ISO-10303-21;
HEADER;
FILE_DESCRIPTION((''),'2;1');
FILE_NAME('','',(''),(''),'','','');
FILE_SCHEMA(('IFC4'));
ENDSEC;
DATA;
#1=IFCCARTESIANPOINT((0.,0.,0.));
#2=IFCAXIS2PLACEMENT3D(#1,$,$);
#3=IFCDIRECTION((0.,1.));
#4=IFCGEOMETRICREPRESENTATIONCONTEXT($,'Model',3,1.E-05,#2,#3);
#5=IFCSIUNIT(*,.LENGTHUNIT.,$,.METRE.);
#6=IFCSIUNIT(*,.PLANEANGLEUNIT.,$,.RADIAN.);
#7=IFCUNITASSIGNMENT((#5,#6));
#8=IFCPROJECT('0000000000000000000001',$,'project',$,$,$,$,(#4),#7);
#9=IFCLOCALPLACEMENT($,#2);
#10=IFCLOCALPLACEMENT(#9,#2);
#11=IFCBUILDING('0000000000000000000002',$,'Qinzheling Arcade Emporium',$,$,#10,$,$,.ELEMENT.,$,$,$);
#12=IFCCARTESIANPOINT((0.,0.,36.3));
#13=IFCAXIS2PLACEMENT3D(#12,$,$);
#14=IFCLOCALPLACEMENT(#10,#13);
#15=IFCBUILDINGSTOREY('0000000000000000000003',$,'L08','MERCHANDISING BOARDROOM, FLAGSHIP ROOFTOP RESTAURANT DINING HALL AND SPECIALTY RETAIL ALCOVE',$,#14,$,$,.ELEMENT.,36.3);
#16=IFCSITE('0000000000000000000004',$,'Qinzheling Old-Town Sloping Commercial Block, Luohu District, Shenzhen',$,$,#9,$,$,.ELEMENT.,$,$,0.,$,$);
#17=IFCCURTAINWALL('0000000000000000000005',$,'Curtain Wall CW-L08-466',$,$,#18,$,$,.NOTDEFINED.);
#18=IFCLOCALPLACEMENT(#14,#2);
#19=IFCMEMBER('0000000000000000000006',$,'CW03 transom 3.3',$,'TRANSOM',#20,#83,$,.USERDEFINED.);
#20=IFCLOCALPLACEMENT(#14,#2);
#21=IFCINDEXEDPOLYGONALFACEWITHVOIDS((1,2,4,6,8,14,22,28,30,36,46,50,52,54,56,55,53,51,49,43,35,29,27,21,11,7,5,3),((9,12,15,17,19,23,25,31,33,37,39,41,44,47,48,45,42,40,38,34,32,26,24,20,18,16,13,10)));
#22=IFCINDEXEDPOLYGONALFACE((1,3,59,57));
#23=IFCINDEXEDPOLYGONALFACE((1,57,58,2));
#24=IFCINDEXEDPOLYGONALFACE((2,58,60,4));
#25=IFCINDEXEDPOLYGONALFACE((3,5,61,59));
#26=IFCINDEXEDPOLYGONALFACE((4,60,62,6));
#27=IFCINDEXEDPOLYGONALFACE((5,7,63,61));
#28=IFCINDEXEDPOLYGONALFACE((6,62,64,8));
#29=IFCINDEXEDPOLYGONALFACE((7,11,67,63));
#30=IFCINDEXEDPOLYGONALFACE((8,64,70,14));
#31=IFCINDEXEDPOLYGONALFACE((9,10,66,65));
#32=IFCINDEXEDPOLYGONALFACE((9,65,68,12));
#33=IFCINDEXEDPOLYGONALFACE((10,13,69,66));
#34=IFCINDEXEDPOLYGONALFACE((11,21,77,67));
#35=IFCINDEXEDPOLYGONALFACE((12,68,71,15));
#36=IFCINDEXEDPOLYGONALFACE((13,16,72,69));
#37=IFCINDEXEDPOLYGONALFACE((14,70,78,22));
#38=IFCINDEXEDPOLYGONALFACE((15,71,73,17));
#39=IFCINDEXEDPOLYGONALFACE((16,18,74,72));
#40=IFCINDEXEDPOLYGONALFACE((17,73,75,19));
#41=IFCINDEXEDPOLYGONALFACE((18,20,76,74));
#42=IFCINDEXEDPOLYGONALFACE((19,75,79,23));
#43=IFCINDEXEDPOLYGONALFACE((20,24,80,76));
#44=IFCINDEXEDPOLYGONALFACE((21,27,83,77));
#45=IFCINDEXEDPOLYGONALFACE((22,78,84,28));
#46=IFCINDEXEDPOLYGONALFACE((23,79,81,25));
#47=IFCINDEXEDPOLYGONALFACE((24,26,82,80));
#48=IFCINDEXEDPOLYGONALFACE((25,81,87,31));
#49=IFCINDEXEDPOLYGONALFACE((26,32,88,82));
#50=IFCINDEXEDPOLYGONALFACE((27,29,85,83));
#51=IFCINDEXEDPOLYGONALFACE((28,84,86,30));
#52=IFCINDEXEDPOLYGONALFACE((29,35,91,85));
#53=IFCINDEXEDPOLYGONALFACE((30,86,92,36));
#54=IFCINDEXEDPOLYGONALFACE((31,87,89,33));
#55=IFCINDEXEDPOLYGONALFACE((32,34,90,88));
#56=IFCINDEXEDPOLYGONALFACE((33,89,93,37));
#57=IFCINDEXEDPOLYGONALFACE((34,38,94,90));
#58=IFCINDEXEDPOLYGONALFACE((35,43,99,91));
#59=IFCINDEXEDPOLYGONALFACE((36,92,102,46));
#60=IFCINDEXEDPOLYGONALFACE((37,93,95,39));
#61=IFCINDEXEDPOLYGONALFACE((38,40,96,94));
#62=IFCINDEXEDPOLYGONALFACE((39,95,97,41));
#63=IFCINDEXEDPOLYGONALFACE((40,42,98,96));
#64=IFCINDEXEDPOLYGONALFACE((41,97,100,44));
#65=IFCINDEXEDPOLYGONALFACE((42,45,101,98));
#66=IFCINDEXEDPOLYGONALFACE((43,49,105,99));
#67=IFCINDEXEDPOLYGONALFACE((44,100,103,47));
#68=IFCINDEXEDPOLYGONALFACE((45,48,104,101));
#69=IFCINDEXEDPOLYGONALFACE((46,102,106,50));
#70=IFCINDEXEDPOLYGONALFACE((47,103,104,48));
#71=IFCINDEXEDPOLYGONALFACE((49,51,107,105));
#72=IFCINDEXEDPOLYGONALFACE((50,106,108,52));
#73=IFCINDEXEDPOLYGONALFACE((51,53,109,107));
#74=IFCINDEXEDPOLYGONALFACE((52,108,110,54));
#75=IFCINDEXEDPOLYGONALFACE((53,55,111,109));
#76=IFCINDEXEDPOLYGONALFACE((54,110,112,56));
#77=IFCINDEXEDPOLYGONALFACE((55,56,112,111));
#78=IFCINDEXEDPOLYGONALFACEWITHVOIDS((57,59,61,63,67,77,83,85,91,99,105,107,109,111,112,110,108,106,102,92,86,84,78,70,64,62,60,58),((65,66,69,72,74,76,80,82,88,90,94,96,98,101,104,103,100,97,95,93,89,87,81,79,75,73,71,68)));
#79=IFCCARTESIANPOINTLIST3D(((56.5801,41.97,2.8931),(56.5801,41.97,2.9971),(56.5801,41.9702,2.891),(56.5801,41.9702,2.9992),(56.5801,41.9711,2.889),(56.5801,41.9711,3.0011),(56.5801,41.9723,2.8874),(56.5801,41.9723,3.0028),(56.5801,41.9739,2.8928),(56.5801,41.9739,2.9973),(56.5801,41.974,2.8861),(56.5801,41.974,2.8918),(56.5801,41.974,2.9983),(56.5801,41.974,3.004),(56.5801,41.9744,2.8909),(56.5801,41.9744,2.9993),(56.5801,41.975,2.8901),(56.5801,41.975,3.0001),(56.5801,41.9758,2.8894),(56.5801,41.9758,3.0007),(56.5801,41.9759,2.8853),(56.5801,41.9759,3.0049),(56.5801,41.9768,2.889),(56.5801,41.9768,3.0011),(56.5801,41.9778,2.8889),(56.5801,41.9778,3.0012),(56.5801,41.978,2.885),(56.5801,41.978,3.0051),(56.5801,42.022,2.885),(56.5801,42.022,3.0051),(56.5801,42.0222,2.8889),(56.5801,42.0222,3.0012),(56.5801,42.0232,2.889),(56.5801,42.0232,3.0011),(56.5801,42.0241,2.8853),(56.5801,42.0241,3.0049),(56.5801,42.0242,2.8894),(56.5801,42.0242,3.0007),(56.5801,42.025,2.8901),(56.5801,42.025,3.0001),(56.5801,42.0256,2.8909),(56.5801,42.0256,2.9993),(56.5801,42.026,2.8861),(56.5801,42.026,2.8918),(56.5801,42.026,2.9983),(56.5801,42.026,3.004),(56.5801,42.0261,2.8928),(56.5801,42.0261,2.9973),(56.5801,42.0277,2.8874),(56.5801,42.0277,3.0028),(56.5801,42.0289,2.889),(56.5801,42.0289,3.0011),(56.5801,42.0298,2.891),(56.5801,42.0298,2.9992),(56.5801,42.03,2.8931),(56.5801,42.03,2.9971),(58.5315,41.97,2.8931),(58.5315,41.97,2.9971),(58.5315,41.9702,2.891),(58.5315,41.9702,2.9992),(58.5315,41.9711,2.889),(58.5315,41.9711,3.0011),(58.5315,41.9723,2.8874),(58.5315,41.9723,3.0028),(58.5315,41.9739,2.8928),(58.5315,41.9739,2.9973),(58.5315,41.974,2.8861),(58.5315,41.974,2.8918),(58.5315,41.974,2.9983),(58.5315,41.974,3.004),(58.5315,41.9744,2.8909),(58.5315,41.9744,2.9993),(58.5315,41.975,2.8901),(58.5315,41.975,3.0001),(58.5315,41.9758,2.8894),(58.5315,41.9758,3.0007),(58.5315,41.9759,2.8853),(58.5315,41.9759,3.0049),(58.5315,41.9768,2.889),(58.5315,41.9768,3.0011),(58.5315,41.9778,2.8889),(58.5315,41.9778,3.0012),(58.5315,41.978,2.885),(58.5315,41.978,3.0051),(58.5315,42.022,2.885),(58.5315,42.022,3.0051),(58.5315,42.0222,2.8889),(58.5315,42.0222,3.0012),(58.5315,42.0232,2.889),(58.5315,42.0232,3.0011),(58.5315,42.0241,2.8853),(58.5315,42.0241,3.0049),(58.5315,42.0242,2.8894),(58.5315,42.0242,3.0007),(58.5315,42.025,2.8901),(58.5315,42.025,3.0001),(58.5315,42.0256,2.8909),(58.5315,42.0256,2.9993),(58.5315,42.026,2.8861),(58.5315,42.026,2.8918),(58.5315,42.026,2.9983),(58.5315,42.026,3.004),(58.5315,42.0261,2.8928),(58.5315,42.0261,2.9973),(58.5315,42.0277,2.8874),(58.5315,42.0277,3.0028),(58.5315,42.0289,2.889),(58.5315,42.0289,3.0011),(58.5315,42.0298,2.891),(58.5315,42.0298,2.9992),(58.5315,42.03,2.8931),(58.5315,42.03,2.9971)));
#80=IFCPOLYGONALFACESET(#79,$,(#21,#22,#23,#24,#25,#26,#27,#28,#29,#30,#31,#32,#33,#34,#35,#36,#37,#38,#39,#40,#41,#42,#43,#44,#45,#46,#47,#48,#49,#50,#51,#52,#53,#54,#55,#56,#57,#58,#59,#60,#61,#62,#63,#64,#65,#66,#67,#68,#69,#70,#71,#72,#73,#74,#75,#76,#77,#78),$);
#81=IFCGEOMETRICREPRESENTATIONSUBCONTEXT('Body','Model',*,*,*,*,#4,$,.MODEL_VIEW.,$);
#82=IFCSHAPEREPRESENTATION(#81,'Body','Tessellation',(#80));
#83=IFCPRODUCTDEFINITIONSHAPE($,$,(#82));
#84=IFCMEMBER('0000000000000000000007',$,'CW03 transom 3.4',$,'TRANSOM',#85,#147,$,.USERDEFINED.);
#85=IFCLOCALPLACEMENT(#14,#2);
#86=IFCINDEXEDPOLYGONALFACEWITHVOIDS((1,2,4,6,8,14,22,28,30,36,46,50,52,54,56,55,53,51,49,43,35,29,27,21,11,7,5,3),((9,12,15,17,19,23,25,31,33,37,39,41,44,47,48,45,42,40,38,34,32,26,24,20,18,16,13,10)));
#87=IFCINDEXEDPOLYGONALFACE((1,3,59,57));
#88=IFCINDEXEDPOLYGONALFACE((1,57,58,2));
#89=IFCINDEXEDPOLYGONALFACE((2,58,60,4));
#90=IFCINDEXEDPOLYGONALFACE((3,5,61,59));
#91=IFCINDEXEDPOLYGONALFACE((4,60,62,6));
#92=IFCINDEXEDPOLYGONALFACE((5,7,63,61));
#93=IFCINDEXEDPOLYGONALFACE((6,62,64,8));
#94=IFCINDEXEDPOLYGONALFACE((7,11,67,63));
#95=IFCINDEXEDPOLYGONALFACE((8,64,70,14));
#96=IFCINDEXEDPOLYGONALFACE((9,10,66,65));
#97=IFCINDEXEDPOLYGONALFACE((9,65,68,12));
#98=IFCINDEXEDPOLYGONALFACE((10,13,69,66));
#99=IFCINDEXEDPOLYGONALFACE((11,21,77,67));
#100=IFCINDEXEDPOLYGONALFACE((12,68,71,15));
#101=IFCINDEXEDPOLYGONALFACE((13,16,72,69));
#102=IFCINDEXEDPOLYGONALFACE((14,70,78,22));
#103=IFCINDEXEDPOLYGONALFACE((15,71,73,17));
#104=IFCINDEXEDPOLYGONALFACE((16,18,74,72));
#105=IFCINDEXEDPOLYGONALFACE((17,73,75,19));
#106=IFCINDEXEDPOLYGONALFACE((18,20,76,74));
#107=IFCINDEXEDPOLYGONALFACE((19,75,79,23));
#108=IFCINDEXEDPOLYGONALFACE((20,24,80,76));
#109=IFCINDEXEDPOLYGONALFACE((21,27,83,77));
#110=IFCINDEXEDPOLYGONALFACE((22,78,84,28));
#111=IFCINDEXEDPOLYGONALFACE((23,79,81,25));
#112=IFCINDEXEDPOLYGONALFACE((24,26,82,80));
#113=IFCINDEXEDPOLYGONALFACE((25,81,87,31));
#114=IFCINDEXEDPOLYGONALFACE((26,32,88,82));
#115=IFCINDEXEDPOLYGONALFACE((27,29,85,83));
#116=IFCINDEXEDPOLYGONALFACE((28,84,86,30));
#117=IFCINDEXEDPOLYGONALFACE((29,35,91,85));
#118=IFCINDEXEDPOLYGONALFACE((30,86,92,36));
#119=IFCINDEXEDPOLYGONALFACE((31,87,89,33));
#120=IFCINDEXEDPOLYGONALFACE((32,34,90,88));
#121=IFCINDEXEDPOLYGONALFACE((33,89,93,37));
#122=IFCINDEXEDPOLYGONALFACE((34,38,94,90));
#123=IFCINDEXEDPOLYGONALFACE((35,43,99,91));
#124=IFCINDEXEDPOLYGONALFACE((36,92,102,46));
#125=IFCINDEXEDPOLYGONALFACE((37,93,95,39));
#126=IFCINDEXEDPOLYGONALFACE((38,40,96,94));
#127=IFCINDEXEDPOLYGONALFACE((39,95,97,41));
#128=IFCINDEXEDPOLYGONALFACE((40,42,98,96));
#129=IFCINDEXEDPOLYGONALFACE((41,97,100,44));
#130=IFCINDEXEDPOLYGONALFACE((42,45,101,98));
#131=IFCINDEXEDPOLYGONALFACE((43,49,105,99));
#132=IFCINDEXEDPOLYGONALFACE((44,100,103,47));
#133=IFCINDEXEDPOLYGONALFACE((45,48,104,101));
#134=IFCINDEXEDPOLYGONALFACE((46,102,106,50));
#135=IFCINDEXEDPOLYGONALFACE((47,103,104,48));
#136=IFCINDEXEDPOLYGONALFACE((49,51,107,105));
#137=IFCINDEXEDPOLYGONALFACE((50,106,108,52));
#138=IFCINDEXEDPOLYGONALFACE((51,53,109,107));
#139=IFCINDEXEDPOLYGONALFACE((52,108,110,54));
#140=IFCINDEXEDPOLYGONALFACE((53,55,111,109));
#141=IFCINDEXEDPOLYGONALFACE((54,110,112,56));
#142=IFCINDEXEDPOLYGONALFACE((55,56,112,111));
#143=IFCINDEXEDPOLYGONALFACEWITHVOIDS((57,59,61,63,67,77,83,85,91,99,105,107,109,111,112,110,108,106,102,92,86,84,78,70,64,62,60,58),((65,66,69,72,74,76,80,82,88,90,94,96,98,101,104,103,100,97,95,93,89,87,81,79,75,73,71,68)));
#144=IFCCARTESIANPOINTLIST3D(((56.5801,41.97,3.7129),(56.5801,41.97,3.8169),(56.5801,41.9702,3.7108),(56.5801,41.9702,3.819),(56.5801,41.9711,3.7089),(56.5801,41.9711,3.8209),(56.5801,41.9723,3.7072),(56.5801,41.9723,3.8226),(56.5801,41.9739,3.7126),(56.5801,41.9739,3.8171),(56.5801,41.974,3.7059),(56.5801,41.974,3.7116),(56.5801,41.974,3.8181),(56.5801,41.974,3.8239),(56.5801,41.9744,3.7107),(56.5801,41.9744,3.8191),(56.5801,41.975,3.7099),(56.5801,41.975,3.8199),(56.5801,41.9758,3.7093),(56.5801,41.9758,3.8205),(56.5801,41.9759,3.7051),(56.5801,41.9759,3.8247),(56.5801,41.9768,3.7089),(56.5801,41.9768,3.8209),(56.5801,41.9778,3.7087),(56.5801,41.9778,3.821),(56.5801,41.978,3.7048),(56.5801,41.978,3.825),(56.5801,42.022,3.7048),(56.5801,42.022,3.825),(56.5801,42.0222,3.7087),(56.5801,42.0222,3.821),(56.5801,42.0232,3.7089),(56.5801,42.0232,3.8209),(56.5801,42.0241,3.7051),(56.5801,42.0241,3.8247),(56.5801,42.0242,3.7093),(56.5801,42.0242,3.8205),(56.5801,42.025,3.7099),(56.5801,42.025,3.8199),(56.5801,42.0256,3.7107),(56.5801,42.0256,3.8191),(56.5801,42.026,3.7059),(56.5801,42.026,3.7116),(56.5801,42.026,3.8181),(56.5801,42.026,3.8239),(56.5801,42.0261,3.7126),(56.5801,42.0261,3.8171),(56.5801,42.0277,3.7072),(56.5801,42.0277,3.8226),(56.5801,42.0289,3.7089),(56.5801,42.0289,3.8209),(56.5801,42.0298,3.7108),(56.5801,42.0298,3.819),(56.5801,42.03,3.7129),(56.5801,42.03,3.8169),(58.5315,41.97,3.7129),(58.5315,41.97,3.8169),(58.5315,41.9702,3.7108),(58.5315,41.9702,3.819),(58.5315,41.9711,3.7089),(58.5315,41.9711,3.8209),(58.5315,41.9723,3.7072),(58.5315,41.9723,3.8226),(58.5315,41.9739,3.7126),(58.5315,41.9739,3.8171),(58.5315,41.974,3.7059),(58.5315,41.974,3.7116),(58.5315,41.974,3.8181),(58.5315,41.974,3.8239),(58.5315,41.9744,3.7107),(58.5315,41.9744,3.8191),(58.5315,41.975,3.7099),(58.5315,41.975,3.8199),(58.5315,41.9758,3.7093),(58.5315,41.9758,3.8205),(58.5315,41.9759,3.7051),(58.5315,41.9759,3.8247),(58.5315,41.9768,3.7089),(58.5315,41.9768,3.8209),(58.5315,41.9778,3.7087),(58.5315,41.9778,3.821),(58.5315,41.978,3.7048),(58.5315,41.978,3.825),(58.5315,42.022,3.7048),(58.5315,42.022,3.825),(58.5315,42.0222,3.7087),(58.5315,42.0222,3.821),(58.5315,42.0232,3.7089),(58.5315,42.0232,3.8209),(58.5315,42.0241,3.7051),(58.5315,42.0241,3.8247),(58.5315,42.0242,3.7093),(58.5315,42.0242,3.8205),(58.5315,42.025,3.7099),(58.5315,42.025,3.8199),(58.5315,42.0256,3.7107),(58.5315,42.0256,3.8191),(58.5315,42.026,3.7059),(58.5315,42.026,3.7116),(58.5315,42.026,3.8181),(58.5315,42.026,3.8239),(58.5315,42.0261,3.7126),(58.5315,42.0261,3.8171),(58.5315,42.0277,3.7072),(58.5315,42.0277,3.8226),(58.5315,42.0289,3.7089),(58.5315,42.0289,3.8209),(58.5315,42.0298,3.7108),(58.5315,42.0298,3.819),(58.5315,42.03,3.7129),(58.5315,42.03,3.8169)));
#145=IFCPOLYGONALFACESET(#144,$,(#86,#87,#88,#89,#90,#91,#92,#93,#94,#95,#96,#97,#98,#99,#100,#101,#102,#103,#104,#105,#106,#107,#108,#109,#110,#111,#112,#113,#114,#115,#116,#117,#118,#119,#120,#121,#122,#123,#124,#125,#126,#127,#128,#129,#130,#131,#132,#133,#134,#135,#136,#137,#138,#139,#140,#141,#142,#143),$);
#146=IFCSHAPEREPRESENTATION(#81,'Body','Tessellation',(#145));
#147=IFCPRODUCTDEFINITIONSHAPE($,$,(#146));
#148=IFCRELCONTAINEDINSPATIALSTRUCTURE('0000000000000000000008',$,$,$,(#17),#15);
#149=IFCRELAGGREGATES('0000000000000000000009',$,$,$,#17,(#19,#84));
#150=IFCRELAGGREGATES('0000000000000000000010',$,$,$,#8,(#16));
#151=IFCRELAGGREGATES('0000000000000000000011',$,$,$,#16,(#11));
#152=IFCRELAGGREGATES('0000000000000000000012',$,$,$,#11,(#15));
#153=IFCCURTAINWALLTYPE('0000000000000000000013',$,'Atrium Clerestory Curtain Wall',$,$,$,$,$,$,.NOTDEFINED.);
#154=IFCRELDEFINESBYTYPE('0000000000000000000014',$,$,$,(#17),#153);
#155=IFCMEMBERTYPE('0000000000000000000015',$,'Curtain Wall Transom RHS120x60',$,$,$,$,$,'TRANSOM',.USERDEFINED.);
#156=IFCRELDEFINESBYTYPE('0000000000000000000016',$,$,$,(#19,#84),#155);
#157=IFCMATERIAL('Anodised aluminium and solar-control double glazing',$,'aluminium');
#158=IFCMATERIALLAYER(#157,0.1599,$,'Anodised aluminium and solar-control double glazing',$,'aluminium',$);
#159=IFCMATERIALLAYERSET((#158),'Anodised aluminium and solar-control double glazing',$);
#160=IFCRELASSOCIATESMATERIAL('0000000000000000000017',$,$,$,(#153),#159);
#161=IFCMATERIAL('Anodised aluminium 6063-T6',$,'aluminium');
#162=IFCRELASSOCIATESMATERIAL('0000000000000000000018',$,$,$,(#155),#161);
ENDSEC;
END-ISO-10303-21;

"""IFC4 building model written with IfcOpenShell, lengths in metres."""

from ifc_helpers import new_model, si_unit, direction, frame, origin, origin_2d, place, context, subcontext, project, spatial, hollow_rectangle, extrude, material, layer, layer_set, material_profile, profile_set, type_object, element, aggregate, save


model = new_model("IFC4")

# Units and contexts
model_context = context("Model", 3, precision=1e-05, world=origin(), true_north=direction((0.0, 1.0)))
body_context = subcontext(model_context, "Body", "Model", "MODEL_VIEW")
ifc_project = project(units=[si_unit("LENGTHUNIT", "METRE"), si_unit("PLANEANGLEUNIT", "RADIAN")], contexts=[model_context])

# Site, building, storey
site_placement = place(None, origin())
site = spatial("IfcSite", under=ifc_project, at=site_placement, Name="Qinzheling Old-Town Sloping Commercial Block, Luohu District, Shenzhen", CompositionType="ELEMENT", RefElevation=0.0)
building_placement = place(site_placement, origin())
building = spatial("IfcBuilding", under=site, at=building_placement, Name="Qinzheling Arcade Emporium", CompositionType="ELEMENT")
storey_placement = place(building_placement, frame((0.0, 0.0, 36.3)))
storey = spatial("IfcBuildingStorey", under=building, at=storey_placement, Name="L08", Description="MERCHANDISING BOARDROOM, FLAGSHIP ROOFTOP RESTAURANT DINING HALL AND SPECIALTY RETAIL ALCOVE", CompositionType="ELEMENT", Elevation=36.3)

# Curtain wall
ifc_material_1 = material(Name="Anodised aluminium and solar-control double glazing", Category="aluminium")
ifc_layer_1 = layer(ifc_material_1, 0.1599, Name="Anodised aluminium and solar-control double glazing", Category="aluminium")
ifc_layer_set_1 = layer_set([ifc_layer_1], Name="Anodised aluminium and solar-control double glazing")
curtain_wall_type = type_object("IfcCurtainWallType", Name="Atrium Clerestory Curtain Wall", PredefinedType="NOTDEFINED", material=ifc_layer_set_1)
curtain_wall_1_placement = place(storey_placement, origin())
curtain_wall_1 = element("IfcCurtainWall", 1, at=curtain_wall_1_placement, inside=storey, type_object=curtain_wall_type, Name="Curtain Wall CW-L08-466", PredefinedType="NOTDEFINED")
ifc_material_2 = material(Name="Anodised aluminium 6063-T6", Category="aluminium")

# Members
ifc_material_profile_1 = material_profile(ifc_material_2, hollow_rectangle(XDim=0.0601, YDim=0.1201, WallThickness=0.0039, InnerFilletRadius=0.0039, OuterFilletRadius=0.0081, at=origin_2d()), Name="RHS 120x60x4", Category="aluminium")
ifc_profile_set_1 = profile_set([ifc_material_profile_1], Name="Anodised aluminium 6063-T6")
member_type_1 = type_object("IfcMemberType", Name="Curtain Wall Transom RHS120x60", ElementType="TRANSOM", PredefinedType="USERDEFINED", material=ifc_profile_set_1)
member_1_placement = place(storey_placement, frame((56.5801, 42.0, 2.9451), z_axis=(1.0, 0.0, 0.0), x_axis=(0.0, 1.0, 0.0)))
member_1 = element("IfcMember", 2, at=member_1_placement, type_object=member_type_1, Name="CW03 transom 3.3", ObjectType="TRANSOM", PredefinedType="USERDEFINED", context=body_context, shape_type="SweptSolid", body=[
    extrude(hollow_rectangle(XDim=0.0601, YDim=0.1201, WallThickness=0.0039, InnerFilletRadius=0.0039, OuterFilletRadius=0.0081, at=origin_2d()), origin(), (0.0, 0.0, 1.0), 1.9514),
])
member_2_placement = place(storey_placement, frame((56.5801, 42.0, 3.7649), z_axis=(1.0, 0.0, 0.0), x_axis=(0.0, 1.0, 0.0)))
member_2 = element("IfcMember", 3, at=member_2_placement, type_object=member_type_1, Name="CW03 transom 3.4", ObjectType="TRANSOM", PredefinedType="USERDEFINED", context=body_context, shape_type="SweptSolid", body=[
    extrude(hollow_rectangle(XDim=0.0601, YDim=0.1201, WallThickness=0.0039, InnerFilletRadius=0.0039, OuterFilletRadius=0.0081, at=origin_2d()), origin(), (0.0, 0.0, 1.0), 1.9514),
])

aggregate(curtain_wall_1, [member_1, member_2])

save(model, "model.ifc")
